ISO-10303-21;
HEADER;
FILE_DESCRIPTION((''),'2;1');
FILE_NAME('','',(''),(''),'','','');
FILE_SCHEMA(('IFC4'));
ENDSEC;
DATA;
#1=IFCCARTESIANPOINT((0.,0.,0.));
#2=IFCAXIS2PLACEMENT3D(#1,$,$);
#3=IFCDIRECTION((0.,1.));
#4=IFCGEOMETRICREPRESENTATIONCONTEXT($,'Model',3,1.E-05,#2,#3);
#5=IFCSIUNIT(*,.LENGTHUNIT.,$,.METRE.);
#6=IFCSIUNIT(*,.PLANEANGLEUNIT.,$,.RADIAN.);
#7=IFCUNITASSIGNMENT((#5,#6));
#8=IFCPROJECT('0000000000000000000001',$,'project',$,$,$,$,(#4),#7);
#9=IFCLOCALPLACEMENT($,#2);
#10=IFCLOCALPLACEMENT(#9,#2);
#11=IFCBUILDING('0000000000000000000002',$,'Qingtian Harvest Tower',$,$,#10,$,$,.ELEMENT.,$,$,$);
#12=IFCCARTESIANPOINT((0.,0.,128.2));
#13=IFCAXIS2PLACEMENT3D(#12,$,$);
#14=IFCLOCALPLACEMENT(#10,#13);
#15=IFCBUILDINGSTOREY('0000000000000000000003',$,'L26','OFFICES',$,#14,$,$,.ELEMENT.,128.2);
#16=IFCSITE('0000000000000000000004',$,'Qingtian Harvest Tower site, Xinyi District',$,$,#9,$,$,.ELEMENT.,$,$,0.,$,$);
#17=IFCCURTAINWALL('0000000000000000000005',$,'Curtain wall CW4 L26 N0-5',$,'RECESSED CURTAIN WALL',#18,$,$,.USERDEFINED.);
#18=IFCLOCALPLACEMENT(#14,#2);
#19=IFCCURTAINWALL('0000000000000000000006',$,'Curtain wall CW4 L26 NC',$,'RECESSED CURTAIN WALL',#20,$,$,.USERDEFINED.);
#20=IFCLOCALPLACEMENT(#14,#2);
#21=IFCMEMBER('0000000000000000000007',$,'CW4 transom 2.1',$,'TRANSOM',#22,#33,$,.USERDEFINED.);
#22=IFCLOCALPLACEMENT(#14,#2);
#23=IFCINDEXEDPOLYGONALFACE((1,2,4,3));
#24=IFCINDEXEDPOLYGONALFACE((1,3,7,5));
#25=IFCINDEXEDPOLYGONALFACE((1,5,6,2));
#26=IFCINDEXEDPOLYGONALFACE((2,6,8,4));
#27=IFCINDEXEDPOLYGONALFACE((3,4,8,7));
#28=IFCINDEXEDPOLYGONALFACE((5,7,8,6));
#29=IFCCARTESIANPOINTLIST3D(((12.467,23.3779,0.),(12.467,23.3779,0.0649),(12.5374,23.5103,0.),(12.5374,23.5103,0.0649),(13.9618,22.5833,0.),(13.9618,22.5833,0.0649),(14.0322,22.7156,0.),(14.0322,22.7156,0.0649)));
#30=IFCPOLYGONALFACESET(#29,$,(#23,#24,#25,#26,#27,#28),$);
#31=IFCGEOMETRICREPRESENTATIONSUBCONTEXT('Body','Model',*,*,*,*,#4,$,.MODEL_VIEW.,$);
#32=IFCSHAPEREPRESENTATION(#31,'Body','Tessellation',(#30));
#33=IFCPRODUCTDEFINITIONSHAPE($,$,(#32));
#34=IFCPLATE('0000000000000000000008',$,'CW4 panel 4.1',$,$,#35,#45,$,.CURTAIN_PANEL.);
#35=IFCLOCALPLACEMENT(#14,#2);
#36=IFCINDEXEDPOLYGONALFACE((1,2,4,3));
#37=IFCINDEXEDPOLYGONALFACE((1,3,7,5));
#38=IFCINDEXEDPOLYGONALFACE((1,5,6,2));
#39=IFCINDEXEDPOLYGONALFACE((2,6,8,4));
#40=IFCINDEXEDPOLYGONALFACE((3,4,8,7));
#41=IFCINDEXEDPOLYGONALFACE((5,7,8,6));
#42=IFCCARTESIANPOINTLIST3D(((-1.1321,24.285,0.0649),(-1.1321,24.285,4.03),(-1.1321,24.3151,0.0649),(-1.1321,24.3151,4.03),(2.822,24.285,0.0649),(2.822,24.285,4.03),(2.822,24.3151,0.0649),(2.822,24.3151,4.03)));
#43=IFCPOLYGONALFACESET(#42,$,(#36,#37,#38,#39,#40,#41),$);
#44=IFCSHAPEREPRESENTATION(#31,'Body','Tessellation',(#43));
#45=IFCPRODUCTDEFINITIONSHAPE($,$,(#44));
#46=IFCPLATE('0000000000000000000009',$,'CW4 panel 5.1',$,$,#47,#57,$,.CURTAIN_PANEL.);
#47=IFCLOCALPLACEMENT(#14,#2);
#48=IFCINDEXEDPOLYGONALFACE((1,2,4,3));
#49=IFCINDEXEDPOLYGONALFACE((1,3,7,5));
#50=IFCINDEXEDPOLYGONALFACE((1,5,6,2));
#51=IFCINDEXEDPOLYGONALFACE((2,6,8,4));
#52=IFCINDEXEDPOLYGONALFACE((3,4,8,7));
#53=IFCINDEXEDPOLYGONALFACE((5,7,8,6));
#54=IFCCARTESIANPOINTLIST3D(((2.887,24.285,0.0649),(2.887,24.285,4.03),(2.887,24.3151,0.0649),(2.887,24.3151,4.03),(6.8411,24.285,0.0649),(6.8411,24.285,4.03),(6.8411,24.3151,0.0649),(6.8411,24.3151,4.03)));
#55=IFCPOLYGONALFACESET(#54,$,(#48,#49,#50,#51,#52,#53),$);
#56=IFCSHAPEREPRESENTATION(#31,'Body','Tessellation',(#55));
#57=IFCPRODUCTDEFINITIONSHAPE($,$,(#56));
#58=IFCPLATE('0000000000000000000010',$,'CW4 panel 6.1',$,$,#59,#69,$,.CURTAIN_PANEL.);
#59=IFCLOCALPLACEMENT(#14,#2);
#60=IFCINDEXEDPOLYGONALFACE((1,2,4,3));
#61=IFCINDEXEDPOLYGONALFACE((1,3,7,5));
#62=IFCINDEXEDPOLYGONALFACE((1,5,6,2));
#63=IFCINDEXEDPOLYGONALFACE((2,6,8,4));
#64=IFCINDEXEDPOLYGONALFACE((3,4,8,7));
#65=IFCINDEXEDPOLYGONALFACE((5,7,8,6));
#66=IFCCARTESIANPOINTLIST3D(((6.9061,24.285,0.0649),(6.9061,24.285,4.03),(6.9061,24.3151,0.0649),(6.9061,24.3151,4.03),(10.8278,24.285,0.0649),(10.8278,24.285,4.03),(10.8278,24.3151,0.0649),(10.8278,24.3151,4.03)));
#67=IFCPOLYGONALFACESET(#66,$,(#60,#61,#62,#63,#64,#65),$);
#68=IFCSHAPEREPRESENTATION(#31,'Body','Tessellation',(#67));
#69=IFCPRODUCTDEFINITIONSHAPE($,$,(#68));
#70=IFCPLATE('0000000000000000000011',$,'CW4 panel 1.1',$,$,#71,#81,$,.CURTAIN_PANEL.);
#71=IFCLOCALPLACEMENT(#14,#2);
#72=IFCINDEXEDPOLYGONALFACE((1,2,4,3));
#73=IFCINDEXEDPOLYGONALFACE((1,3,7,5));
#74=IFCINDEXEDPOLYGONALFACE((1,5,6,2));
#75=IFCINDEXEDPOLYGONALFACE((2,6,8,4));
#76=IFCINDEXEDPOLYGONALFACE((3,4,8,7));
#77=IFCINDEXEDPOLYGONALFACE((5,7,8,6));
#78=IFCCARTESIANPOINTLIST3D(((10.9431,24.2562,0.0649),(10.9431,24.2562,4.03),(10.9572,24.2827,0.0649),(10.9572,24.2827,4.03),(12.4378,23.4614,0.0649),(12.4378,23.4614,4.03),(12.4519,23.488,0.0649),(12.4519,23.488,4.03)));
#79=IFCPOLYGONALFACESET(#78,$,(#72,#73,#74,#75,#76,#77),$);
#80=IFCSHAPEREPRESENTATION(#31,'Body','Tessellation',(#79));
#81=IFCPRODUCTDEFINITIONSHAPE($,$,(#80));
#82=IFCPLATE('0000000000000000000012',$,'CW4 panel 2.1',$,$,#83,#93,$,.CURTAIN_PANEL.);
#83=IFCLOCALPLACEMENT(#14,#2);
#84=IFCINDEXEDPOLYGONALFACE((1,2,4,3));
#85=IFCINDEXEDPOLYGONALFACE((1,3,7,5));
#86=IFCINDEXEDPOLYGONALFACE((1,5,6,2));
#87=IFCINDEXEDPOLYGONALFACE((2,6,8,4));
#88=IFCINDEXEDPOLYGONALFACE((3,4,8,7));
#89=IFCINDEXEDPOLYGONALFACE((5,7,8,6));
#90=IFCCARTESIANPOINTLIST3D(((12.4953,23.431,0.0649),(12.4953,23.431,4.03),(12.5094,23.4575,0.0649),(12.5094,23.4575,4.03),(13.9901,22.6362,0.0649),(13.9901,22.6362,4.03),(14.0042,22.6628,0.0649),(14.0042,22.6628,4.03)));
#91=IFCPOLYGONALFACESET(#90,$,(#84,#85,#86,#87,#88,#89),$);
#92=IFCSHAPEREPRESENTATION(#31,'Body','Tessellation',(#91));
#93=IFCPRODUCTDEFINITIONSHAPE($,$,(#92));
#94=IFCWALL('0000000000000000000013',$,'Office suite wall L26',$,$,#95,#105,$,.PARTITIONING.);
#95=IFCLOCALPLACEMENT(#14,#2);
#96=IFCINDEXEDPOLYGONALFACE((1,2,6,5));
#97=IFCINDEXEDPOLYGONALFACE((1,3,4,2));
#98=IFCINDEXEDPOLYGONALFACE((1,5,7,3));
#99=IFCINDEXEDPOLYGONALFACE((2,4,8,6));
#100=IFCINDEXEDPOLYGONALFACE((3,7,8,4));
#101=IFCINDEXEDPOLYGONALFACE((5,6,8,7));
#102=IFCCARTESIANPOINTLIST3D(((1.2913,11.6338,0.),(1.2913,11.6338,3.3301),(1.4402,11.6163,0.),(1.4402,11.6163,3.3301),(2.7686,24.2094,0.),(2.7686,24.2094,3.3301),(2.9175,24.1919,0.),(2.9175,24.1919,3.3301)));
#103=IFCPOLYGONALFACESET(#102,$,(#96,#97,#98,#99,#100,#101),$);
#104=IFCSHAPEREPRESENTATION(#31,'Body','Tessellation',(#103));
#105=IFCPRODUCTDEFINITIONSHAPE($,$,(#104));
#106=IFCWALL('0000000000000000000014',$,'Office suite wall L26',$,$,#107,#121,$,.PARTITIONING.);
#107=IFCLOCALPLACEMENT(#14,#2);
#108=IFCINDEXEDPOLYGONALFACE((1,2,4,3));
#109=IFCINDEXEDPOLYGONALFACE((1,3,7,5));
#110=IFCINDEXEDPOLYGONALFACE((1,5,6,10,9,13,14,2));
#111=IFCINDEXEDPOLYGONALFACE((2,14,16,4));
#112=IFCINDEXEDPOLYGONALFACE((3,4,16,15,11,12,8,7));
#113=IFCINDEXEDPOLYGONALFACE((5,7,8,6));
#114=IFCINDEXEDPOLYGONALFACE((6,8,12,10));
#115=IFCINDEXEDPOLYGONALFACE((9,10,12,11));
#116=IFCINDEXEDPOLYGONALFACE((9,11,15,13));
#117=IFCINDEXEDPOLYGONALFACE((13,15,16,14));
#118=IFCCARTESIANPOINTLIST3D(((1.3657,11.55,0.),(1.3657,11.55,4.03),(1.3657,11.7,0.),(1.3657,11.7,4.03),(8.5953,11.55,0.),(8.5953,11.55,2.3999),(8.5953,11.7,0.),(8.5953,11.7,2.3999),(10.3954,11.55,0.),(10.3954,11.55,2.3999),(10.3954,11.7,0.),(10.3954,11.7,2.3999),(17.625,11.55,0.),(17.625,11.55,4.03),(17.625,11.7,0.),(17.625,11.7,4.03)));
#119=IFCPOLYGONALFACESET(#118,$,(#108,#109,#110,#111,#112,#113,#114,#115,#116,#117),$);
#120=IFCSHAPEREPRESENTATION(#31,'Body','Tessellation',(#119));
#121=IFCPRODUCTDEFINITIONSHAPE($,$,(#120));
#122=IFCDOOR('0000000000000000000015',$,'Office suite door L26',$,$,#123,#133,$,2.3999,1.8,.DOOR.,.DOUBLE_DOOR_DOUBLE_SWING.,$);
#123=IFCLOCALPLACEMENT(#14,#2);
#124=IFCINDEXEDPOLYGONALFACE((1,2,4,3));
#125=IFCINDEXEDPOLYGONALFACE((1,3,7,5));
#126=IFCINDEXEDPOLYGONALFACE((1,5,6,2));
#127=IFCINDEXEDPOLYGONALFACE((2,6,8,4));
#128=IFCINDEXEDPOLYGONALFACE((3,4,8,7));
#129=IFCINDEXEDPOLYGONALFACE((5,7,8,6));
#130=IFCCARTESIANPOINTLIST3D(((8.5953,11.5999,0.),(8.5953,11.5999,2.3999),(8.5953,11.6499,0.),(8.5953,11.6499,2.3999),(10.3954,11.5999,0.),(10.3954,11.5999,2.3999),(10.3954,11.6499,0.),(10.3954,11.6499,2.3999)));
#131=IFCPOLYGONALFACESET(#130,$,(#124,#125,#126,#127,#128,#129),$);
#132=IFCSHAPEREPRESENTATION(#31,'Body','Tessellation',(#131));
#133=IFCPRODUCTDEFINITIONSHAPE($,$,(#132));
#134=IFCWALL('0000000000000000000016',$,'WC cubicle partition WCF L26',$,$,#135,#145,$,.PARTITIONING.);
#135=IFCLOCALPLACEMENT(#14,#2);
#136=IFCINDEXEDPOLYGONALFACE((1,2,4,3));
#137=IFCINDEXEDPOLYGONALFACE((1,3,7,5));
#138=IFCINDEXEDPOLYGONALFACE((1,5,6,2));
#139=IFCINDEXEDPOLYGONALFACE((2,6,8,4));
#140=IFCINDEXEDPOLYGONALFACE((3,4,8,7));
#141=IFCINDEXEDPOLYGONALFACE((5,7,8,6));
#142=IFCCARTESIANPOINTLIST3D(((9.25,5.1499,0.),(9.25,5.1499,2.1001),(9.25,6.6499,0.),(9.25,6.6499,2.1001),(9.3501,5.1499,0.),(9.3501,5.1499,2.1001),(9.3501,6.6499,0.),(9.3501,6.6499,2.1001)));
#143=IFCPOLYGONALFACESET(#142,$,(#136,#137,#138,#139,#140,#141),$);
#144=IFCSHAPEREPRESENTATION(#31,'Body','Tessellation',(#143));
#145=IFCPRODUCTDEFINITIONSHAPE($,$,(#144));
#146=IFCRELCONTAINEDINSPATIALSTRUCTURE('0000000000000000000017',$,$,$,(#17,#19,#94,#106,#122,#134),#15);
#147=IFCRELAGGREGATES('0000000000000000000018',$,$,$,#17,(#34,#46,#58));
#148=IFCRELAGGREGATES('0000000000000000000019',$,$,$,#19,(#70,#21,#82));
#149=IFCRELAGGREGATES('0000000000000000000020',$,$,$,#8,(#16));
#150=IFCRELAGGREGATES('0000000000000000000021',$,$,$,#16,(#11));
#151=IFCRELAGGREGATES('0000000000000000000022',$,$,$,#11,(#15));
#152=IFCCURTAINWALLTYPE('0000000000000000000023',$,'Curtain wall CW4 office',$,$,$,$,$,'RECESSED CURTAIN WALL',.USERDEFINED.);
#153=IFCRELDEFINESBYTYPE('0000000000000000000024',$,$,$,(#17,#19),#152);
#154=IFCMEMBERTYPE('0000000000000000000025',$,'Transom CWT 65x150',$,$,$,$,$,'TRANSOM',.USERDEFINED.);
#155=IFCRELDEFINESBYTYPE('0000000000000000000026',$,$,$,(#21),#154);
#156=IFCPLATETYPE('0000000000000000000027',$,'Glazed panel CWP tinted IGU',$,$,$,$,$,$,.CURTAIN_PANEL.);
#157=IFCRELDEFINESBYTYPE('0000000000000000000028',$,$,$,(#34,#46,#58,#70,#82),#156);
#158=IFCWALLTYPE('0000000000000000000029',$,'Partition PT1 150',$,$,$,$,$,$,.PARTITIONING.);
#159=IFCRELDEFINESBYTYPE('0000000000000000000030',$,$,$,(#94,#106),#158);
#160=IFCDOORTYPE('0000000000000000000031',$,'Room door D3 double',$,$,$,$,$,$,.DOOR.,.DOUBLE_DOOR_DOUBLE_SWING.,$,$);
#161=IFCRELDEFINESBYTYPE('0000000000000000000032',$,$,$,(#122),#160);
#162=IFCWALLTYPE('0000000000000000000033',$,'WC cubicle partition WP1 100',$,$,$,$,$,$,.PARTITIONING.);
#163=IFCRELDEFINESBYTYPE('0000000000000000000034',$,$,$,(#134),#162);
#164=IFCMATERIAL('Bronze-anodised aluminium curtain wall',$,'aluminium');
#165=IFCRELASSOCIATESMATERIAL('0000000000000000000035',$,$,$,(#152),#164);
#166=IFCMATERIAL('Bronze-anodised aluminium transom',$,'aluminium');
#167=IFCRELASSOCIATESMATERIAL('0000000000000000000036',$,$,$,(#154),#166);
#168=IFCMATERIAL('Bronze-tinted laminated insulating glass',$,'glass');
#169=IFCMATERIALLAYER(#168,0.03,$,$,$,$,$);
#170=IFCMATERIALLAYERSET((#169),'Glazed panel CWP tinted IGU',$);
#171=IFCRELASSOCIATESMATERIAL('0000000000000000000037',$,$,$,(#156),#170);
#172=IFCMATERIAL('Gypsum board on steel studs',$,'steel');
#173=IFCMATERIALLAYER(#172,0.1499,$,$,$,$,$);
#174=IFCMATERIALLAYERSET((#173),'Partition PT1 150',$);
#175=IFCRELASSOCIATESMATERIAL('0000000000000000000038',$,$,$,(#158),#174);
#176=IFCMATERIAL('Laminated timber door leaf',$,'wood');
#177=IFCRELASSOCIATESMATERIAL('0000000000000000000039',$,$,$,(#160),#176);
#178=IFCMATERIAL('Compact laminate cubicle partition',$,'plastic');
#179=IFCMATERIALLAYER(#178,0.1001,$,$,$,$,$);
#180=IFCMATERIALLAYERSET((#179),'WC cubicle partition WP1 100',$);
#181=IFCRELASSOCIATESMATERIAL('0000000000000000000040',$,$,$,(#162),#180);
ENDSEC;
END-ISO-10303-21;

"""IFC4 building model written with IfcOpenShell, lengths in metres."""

from ifc_helpers import new_model, si_unit, direction, frame, frame_2d, origin, origin_2d, place, context, subcontext, project, spatial, rectangle, extrude, material, layer, layer_set, material_profile, profile_set, type_object, element, fill, aggregate, save


model = new_model("IFC4")

# Units and contexts
model_context = context("Model", 3, precision=1e-05, world=origin(), true_north=direction((0.0, 1.0)))
body_context = subcontext(model_context, "Body", "Model", "MODEL_VIEW")
ifc_project = project(units=[si_unit("LENGTHUNIT", "METRE"), si_unit("PLANEANGLEUNIT", "RADIAN")], contexts=[model_context])

# Site, building, storey
site_placement = place(None, origin())
site = spatial("IfcSite", under=ifc_project, at=site_placement, Name="Qingtian Harvest Tower site, Xinyi District", CompositionType="ELEMENT", RefElevation=0.0)
building_placement = place(site_placement, origin())
building = spatial("IfcBuilding", under=site, at=building_placement, Name="Qingtian Harvest Tower", CompositionType="ELEMENT")
storey_placement = place(building_placement, frame((0.0, 0.0, 128.2)))
storey = spatial("IfcBuildingStorey", under=building, at=storey_placement, Name="L26", Description="OFFICES", CompositionType="ELEMENT", Elevation=128.2)

# Curtain walls
ifc_material_1 = material(Name="Bronze-anodised aluminium curtain wall", Category="aluminium")
curtain_wall_type = type_object("IfcCurtainWallType", Name="Curtain wall CW4 office", ElementType="RECESSED CURTAIN WALL", PredefinedType="USERDEFINED", material=ifc_material_1)
curtain_wall_1_placement = place(storey_placement, origin())
curtain_wall_1 = element("IfcCurtainWall", 1, at=curtain_wall_1_placement, inside=storey, type_object=curtain_wall_type, Name="Curtain wall CW4 L26 N0-5", ObjectType="RECESSED CURTAIN WALL", PredefinedType="USERDEFINED")
curtain_wall_2_placement = place(storey_placement, origin())
curtain_wall_2 = element("IfcCurtainWall", 2, at=curtain_wall_2_placement, inside=storey, type_object=curtain_wall_type, Name="Curtain wall CW4 L26 NC", ObjectType="RECESSED CURTAIN WALL", PredefinedType="USERDEFINED")

# Member
ifc_material_2 = material(Name="Bronze-anodised aluminium transom", Category="aluminium")
ifc_material_profile_1 = material_profile(ifc_material_2, rectangle(XDim=0.1499, YDim=0.0649, at=origin_2d()), Name="AL 65x150")
ifc_profile_set_1 = profile_set([ifc_material_profile_1], Name="Bronze-anodised aluminium transom")
member_type_1 = type_object("IfcMemberType", Name="Transom CWT 65x150", ElementType="TRANSOM", PredefinedType="USERDEFINED", material=ifc_profile_set_1)
member_1_placement = place(storey_placement, frame((12.5022, 23.4441, 0.0325), z_axis=(0.882987, -0.469398, 0.0), x_axis=(0.469398, 0.882987, 0.0)))
member_1 = element("IfcMember", 3, at=member_1_placement, type_object=member_type_1, Name="CW4 transom 2.1", ObjectType="TRANSOM", PredefinedType="USERDEFINED", context=body_context, shape_type="SweptSolid", body=[
    extrude(rectangle(XDim=0.1499, YDim=0.0649, at=origin_2d()), origin(), (0.0, 0.0, 1.0), 1.6929),
])

# Plates
ifc_material_3 = material(Name="Bronze-tinted laminated insulating glass", Category="glass")
ifc_layer_1 = layer(ifc_material_3, 0.03)
ifc_layer_set_1 = layer_set([ifc_layer_1], Name="Glazed panel CWP tinted IGU")
plate_type = type_object("IfcPlateType", Name="Glazed panel CWP tinted IGU", PredefinedType="CURTAIN_PANEL", material=ifc_layer_set_1)
plate_1_placement = place(storey_placement, frame((0.845, 24.3, 0.0649), z_axis=(0.0, 0.0, 1.0), x_axis=(1.0, 0.0, 0.0)))
plate_1 = element("IfcPlate", 4, at=plate_1_placement, type_object=plate_type, Name="CW4 panel 4.1", PredefinedType="CURTAIN_PANEL", context=body_context, shape_type="SweptSolid", body=[
    extrude(rectangle(XDim=3.9541, YDim=0.03, at=origin_2d()), origin(), (0.0, 0.0, 1.0), 3.9651),
])
plate_2_placement = place(storey_placement, frame((4.864, 24.3, 0.0649), z_axis=(0.0, 0.0, 1.0), x_axis=(1.0, 0.0, 0.0)))
plate_2 = element("IfcPlate", 5, at=plate_2_placement, type_object=plate_type, Name="CW4 panel 5.1", PredefinedType="CURTAIN_PANEL", context=body_context, shape_type="SweptSolid", body=[
    extrude(rectangle(XDim=3.9541, YDim=0.03, at=origin_2d()), origin(), (0.0, 0.0, 1.0), 3.9651),
])
plate_3_placement = place(storey_placement, frame((8.8669, 24.3, 0.0649), z_axis=(0.0, 0.0, 1.0), x_axis=(1.0, 0.0, 0.0)))
plate_3 = element("IfcPlate", 6, at=plate_3_placement, type_object=plate_type, Name="CW4 panel 6.1", PredefinedType="CURTAIN_PANEL", context=body_context, shape_type="SweptSolid", body=[
    extrude(rectangle(XDim=3.9216, YDim=0.03, at=origin_2d()), origin(), (0.0, 0.0, 1.0), 3.9651),
])
aggregate(curtain_wall_1, [plate_1, plate_2, plate_3])
plate_4_placement = place(storey_placement, frame((11.6975, 23.8721, 0.0649), z_axis=(0.0, 0.0, 1.0), x_axis=(0.882948, -0.469472, 0.0)))
plate_4 = element("IfcPlate", 7, at=plate_4_placement, type_object=plate_type, Name="CW4 panel 1.1", PredefinedType="CURTAIN_PANEL", context=body_context, shape_type="SweptSolid", body=[
    extrude(rectangle(XDim=1.6929, YDim=0.03, at=origin_2d()), origin(), (0.0, 0.0, 1.0), 3.9651),
])
plate_5_placement = place(storey_placement, frame((13.2498, 23.0469, 0.0649), z_axis=(0.0, 0.0, 1.0), x_axis=(0.882948, -0.469472, 0.0)))
plate_5 = element("IfcPlate", 8, at=plate_5_placement, type_object=plate_type, Name="CW4 panel 2.1", PredefinedType="CURTAIN_PANEL", context=body_context, shape_type="SweptSolid", body=[
    extrude(rectangle(XDim=1.6929, YDim=0.03, at=origin_2d()), origin(), (0.0, 0.0, 1.0), 3.9651),
])
aggregate(curtain_wall_2, [plate_4, member_1, plate_5])

# Wall
ifc_material_4 = material(Name="Gypsum board on steel studs", Category="steel")
ifc_layer_2 = layer(ifc_material_4, 0.1499)
ifc_layer_set_2 = layer_set([ifc_layer_2], Name="Partition PT1 150")
wall_type_1 = type_object("IfcWallType", Name="Partition PT1 150", PredefinedType="PARTITIONING", material=ifc_layer_set_2)
wall_1_placement = place(storey_placement, frame((2.843, 24.2007, 0.0), z_axis=(0.0, 0.0, 1.0), x_axis=(-0.11667, -0.993171, 0.0)))
element("IfcWall", 9, at=wall_1_placement, inside=storey, type_object=wall_type_1, Name="Office suite wall L26", PredefinedType="PARTITIONING", context=body_context, shape_type="SweptSolid", body=[
    extrude(rectangle(XDim=12.6621, YDim=0.1499, at=frame_2d((6.3311, 0.0))), origin(), (0.0, 0.0, 1.0), 3.3301),
])

# Wall, opening, door
wall_2_placement = place(storey_placement, frame((1.3657, 11.625, 0.0), z_axis=(0.0, 0.0, 1.0), x_axis=(1.0, 0.0, 0.0)))
wall_2 = element("IfcWall", 10, at=wall_2_placement, inside=storey, type_object=wall_type_1, Name="Office suite wall L26", PredefinedType="PARTITIONING", context=body_context, shape_type="SweptSolid", body=[
    extrude(rectangle(XDim=16.2593, YDim=0.1499, at=frame_2d((8.1296, 0.0))), origin(), (0.0, 0.0, 1.0), 4.03),
])
opening_placement = place(wall_2_placement, frame((7.2297, 0.0, 0.0)))
opening = element("IfcOpeningElement", 11, at=opening_placement, cuts=wall_2, PredefinedType="OPENING", context=body_context, shape_type="SweptSolid", body=[
    extrude(rectangle(XDim=1.8, YDim=2.3999, at=frame_2d((0.8999, 1.2))), frame((0.0, 0.085, 0.0), z_axis=(0.0, -1.0, 0.0), x_axis=(1.0, 0.0, 0.0)), (0.0, 0.0, 1.0), 0.1699),
])
ifc_material_5 = material(Name="Laminated timber door leaf", Category="wood")
door_type = type_object("IfcDoorType", Name="Room door D3 double", OperationType="DOUBLE_DOOR_DOUBLE_SWING", PredefinedType="DOOR", material=ifc_material_5)
door_placement = place(opening_placement, origin())
door = element("IfcDoor", 12, at=door_placement, inside=storey, type_object=door_type, Name="Office suite door L26", OperationType="DOUBLE_DOOR_DOUBLE_SWING", OverallHeight=2.3999, OverallWidth=1.8, PredefinedType="DOOR", context=body_context, shape_type="SweptSolid", body=[
    extrude(rectangle(XDim=1.8, YDim=2.3999, at=frame_2d((0.8999, 1.2))), frame((0.0, 0.0249, 0.0), z_axis=(0.0, -1.0, 0.0), x_axis=(1.0, 0.0, 0.0)), (0.0, 0.0, 1.0), 0.05),
])
fill(opening, door)

# Wall
ifc_material_6 = material(Name="Compact laminate cubicle partition", Category="plastic")
ifc_layer_3 = layer(ifc_material_6, 0.1001)
ifc_layer_set_3 = layer_set([ifc_layer_3], Name="WC cubicle partition WP1 100")
wall_type_2 = type_object("IfcWallType", Name="WC cubicle partition WP1 100", PredefinedType="PARTITIONING", material=ifc_layer_set_3)
wall_3_placement = place(storey_placement, frame((9.3, 5.1499, 0.0), z_axis=(0.0, 0.0, 1.0), x_axis=(0.0, 1.0, 0.0)))
element("IfcWall", 13, at=wall_3_placement, inside=storey, type_object=wall_type_2, Name="WC cubicle partition WCF L26", PredefinedType="PARTITIONING", context=body_context, shape_type="SweptSolid", body=[
    extrude(rectangle(XDim=1.5, YDim=0.1001, at=frame_2d((0.75, 0.0))), origin(), (0.0, 0.0, 1.0), 2.1001),
])

save(model, "model.ifc")
